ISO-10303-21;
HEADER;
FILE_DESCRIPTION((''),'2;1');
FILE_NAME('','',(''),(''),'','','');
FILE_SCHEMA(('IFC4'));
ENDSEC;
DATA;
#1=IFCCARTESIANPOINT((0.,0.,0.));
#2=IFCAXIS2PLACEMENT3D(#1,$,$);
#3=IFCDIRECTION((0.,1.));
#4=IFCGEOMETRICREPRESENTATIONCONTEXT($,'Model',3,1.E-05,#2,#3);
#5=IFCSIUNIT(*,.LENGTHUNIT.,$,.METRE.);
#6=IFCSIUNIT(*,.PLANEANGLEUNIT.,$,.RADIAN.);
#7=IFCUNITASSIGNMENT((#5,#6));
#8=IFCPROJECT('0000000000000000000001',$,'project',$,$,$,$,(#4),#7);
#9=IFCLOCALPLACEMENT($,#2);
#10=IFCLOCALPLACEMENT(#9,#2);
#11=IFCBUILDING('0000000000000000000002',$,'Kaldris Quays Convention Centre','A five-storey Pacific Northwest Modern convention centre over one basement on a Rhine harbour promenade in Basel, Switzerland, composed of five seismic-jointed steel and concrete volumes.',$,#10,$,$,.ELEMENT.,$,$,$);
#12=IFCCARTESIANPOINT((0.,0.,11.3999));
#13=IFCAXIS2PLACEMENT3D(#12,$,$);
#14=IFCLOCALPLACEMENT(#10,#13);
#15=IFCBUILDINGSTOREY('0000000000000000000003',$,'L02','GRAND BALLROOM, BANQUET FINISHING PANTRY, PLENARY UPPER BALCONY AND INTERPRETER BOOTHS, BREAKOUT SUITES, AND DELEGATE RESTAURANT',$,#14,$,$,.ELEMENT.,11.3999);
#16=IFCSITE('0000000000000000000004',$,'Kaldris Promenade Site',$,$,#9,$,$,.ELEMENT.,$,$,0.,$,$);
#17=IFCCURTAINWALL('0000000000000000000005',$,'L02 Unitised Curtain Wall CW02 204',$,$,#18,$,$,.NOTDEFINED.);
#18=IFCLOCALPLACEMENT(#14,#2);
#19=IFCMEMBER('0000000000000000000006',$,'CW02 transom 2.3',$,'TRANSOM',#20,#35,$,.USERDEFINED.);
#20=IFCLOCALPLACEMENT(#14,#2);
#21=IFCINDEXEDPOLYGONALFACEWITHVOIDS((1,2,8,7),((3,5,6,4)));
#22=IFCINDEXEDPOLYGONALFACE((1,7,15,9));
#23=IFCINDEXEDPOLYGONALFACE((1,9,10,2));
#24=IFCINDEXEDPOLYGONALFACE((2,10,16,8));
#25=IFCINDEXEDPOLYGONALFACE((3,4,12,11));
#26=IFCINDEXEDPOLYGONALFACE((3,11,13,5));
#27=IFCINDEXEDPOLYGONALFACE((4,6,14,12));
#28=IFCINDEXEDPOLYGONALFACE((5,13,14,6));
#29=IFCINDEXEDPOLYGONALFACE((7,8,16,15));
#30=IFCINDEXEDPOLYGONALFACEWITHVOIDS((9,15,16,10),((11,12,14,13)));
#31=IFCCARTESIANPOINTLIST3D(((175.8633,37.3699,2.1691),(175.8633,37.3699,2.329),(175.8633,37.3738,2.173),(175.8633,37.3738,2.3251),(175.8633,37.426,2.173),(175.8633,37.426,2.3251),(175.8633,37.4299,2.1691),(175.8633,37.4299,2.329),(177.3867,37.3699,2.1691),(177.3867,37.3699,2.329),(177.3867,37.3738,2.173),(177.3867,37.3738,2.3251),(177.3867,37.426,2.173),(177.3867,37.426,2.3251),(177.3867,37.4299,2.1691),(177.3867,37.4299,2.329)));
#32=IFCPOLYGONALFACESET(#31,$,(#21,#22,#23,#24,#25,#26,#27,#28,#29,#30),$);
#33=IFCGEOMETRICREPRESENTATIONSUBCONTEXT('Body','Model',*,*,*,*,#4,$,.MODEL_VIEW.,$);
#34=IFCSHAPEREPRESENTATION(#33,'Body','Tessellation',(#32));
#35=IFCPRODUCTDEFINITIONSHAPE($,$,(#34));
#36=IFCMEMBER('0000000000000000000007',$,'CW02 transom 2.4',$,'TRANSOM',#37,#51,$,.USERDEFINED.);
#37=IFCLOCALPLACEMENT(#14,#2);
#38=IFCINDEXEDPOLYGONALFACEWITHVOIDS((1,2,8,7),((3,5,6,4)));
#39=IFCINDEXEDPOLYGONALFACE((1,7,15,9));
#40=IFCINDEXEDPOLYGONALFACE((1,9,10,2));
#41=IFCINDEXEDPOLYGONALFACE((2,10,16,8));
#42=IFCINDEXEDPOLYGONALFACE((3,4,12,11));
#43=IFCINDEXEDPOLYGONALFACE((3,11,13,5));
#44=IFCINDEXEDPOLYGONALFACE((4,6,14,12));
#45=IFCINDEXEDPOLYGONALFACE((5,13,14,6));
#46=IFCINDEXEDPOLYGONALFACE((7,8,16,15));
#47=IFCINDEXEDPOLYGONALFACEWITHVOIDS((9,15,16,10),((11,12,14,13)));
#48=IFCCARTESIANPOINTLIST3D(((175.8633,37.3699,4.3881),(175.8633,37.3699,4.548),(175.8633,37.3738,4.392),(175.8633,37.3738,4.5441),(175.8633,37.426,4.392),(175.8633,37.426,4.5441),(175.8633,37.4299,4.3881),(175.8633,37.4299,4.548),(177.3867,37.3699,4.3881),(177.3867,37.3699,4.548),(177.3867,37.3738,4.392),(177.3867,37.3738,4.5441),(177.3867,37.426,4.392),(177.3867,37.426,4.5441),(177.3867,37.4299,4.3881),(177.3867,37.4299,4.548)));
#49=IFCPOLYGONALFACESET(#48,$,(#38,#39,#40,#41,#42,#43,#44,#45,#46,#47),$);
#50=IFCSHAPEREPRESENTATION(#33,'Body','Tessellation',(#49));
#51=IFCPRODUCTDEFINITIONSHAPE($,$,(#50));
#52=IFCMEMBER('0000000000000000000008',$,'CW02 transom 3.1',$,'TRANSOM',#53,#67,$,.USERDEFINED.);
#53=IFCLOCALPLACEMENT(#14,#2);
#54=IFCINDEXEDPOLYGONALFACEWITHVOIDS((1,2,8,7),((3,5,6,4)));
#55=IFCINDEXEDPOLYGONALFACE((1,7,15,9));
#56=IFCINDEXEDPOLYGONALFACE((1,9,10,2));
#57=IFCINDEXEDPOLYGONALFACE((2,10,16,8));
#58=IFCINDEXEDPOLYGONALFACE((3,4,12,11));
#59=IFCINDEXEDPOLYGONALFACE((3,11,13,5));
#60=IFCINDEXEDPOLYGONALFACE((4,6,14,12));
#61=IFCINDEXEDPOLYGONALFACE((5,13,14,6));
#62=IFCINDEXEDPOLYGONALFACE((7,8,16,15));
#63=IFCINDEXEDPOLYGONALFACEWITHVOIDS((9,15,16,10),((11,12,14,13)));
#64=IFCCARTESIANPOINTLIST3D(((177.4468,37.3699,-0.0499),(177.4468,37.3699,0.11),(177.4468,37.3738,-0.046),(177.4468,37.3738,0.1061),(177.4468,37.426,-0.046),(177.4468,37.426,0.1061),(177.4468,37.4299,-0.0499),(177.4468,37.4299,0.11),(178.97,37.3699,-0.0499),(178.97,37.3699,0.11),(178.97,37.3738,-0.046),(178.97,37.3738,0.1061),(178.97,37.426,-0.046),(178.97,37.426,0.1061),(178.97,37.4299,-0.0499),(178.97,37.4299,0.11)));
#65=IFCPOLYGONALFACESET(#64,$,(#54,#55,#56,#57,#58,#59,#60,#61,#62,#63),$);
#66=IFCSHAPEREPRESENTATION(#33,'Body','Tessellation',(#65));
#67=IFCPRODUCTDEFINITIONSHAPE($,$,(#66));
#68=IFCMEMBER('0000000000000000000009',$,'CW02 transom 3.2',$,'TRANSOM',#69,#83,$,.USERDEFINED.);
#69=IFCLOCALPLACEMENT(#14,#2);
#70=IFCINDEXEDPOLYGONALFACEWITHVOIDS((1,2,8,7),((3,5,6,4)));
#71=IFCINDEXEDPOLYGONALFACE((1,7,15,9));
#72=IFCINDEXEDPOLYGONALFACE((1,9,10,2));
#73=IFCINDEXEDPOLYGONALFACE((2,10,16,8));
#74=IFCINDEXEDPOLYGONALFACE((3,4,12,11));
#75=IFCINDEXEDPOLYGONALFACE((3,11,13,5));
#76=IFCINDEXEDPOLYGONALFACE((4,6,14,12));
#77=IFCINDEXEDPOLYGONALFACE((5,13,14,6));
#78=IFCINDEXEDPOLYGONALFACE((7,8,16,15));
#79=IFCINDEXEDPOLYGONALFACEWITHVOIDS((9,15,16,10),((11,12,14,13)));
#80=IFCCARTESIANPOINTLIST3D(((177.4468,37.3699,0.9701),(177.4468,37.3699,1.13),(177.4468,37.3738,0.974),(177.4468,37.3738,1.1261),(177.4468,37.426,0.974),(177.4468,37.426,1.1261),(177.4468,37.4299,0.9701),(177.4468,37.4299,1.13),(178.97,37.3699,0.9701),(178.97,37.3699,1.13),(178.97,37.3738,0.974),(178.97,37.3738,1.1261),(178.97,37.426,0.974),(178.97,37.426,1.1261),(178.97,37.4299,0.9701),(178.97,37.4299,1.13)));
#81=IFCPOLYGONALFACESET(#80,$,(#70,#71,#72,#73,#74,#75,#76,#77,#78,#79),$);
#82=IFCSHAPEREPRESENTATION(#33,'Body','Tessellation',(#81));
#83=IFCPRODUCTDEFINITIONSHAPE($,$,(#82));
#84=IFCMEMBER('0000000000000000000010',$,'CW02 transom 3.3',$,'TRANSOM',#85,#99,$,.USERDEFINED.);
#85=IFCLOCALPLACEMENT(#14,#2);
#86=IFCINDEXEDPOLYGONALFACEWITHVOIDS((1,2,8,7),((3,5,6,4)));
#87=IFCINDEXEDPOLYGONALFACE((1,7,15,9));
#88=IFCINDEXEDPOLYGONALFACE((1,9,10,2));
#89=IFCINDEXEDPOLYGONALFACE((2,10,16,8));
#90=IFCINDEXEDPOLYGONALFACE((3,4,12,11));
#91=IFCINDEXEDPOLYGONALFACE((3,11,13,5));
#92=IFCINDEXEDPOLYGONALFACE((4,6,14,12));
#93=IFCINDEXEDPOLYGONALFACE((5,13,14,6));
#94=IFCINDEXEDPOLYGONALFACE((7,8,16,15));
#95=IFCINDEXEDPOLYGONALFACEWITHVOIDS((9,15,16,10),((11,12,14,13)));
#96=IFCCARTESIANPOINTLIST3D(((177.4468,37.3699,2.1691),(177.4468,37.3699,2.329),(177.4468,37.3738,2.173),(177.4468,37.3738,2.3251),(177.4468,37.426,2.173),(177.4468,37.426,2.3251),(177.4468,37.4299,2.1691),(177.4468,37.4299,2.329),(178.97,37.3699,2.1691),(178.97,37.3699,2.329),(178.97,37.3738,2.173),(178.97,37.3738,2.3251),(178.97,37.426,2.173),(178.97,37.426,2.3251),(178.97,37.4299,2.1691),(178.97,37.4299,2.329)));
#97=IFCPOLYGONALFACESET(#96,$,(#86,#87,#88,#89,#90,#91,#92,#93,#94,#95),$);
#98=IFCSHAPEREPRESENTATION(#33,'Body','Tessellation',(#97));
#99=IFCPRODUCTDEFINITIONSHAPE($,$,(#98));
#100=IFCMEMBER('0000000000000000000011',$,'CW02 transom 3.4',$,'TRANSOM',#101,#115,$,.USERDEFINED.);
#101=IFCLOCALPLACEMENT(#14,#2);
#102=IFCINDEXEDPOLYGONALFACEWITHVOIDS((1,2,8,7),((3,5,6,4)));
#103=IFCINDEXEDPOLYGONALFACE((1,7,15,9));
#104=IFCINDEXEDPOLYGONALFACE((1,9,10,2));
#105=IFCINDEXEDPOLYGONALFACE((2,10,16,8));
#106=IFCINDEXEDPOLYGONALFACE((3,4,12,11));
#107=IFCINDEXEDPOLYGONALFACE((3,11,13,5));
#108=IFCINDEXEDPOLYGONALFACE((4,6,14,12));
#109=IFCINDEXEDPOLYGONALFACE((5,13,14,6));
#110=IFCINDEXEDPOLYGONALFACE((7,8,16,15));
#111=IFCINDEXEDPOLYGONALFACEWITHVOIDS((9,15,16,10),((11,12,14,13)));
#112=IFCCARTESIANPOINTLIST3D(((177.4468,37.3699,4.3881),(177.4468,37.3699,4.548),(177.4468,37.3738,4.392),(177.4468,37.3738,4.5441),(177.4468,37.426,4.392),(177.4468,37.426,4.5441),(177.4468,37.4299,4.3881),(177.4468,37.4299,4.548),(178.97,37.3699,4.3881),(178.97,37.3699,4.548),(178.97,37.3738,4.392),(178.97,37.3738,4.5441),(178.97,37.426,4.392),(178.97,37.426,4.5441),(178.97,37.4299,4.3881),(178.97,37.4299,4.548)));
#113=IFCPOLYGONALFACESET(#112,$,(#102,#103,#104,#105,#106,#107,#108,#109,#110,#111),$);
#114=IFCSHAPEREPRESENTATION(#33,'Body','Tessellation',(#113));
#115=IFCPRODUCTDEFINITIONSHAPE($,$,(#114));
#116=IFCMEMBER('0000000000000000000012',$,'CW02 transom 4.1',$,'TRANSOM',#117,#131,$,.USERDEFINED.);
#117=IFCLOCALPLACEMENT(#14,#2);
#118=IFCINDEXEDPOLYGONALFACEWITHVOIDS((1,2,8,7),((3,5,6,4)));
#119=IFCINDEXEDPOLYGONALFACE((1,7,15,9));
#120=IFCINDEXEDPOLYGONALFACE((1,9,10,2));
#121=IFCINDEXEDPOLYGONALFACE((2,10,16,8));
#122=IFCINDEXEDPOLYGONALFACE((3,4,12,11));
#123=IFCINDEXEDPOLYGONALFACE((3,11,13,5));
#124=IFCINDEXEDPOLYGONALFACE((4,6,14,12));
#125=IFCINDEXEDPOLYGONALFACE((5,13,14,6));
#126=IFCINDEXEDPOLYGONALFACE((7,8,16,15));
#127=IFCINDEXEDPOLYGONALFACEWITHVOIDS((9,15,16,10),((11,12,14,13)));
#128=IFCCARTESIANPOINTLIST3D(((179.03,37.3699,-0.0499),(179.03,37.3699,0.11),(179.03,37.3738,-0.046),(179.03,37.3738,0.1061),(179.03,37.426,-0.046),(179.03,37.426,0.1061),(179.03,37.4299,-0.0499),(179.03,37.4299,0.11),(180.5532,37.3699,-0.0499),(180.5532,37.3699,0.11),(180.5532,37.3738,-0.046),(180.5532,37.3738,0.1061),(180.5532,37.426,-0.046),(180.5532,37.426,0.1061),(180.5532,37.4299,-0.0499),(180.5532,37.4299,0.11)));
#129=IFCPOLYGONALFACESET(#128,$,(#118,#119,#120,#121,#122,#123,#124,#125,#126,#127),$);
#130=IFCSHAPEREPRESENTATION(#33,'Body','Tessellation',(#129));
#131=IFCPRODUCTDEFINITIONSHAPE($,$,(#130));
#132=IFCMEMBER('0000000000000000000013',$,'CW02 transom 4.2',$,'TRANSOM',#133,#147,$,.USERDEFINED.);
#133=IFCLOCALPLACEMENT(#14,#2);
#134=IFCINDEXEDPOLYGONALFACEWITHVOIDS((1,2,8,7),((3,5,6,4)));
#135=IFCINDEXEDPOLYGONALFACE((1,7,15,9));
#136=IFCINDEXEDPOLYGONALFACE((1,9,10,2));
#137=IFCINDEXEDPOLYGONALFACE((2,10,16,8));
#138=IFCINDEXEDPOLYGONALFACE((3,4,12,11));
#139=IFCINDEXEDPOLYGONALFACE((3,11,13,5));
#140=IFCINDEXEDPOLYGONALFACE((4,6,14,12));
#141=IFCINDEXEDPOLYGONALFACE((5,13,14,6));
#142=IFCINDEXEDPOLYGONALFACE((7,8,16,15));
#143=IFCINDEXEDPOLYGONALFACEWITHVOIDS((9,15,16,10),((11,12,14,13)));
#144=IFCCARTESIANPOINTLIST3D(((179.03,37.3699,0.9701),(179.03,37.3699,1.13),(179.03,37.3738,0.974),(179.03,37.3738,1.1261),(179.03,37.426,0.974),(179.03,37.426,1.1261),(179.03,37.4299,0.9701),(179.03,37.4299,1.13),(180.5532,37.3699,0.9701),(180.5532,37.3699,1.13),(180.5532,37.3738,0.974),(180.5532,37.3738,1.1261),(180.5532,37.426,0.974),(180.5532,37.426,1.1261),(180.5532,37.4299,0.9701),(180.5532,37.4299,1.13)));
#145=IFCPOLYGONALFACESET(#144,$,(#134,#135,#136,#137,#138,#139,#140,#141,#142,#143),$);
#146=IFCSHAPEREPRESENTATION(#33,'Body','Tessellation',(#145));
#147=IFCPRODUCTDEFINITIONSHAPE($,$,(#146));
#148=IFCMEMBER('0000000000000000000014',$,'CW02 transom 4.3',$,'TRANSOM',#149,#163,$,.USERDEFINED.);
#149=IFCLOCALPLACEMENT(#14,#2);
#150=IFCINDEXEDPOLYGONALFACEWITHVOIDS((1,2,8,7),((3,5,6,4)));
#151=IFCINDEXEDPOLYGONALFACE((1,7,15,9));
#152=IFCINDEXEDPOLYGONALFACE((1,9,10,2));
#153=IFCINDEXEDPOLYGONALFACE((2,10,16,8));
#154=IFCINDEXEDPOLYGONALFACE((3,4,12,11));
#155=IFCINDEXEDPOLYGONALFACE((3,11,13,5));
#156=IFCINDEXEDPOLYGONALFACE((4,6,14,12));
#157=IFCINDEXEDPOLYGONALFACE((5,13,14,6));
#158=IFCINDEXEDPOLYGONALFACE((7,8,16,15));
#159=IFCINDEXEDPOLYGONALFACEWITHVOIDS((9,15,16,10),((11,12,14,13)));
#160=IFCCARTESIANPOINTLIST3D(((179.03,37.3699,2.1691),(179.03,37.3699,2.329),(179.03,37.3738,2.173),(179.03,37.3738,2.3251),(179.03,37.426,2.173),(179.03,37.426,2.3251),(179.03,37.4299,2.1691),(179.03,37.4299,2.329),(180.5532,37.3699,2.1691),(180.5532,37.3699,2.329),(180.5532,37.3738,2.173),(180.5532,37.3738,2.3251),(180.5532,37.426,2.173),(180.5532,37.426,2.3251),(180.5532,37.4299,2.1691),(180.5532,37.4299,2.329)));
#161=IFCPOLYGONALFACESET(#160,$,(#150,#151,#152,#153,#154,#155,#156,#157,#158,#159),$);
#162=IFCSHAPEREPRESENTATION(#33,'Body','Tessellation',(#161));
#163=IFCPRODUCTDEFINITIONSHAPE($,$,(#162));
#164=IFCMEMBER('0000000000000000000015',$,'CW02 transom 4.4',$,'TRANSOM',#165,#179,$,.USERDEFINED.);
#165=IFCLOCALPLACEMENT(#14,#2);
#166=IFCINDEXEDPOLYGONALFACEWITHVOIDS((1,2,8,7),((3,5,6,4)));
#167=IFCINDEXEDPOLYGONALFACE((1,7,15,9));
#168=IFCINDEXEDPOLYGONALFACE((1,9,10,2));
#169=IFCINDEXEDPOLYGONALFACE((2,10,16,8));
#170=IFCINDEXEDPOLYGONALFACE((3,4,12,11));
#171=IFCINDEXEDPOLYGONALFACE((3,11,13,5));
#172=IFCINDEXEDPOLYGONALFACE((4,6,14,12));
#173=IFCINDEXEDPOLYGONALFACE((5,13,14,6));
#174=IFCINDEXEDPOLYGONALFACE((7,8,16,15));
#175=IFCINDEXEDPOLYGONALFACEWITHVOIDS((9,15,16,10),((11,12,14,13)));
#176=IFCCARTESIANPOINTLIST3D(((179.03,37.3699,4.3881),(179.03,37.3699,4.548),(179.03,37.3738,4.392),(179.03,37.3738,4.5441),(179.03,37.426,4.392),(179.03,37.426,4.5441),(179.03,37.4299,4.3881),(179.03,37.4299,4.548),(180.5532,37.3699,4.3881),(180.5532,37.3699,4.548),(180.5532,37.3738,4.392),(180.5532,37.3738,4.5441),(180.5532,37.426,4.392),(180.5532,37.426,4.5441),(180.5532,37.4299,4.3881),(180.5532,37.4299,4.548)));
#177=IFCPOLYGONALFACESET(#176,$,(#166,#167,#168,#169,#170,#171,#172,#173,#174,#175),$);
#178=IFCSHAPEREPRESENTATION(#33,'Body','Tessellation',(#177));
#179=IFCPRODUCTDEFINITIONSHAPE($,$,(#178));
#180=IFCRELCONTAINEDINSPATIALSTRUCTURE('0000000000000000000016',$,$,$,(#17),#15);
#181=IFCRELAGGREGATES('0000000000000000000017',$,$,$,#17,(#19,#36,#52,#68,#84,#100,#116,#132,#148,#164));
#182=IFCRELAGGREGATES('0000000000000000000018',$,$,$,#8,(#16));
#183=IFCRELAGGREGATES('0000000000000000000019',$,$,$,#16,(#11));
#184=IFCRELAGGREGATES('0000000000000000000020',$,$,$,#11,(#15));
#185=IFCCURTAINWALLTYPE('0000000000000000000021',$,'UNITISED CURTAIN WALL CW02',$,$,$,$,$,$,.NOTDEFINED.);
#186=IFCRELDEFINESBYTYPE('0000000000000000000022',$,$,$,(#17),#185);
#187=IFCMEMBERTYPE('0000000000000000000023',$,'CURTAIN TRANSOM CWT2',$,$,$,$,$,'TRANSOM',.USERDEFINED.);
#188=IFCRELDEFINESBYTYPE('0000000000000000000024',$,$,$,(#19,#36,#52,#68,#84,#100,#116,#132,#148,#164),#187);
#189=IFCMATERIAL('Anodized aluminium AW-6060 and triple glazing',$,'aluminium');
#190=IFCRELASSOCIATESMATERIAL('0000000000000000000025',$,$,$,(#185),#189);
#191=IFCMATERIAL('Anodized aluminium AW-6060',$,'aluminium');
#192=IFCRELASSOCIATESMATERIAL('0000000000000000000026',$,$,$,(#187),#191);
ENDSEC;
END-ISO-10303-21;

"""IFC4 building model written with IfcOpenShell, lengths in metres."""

from ifc_helpers import new_model, si_unit, direction, frame, origin, origin_2d, place, context, subcontext, project, spatial, hollow_rectangle, extrude, material, material_profile, profile_set, type_object, element, aggregate, save


model = new_model("IFC4")

# Units and contexts
model_context = context("Model", 3, precision=1e-05, world=origin(), true_north=direction((0.0, 1.0)))
body_context = subcontext(model_context, "Body", "Model", "MODEL_VIEW")
ifc_project = project(units=[si_unit("LENGTHUNIT", "METRE"), si_unit("PLANEANGLEUNIT", "RADIAN")], contexts=[model_context])

# Site, building, storey
site_placement = place(None, origin())
site = spatial("IfcSite", under=ifc_project, at=site_placement, Name="Kaldris Promenade Site", CompositionType="ELEMENT", RefElevation=0.0)
building_placement = place(site_placement, origin())
building = spatial("IfcBuilding", under=site, at=building_placement, Name="Kaldris Quays Convention Centre", Description="A five-storey Pacific Northwest Modern convention centre over one basement on a Rhine harbour promenade in Basel, Switzerland, composed of five seismic-jointed steel and concrete volumes.", CompositionType="ELEMENT")
storey_placement = place(building_placement, frame((0.0, 0.0, 11.3999)))
storey = spatial("IfcBuildingStorey", under=building, at=storey_placement, Name="L02", Description="GRAND BALLROOM, BANQUET FINISHING PANTRY, PLENARY UPPER BALCONY AND INTERPRETER BOOTHS, BREAKOUT SUITES, AND DELEGATE RESTAURANT", CompositionType="ELEMENT", Elevation=11.3999)

# Curtain wall, members
ifc_material_1 = material(Name="Anodized aluminium AW-6060 and triple glazing", Category="aluminium")
curtain_wall_type = type_object("IfcCurtainWallType", Name="UNITISED CURTAIN WALL CW02", PredefinedType="NOTDEFINED", material=ifc_material_1)
curtain_wall_placement = place(storey_placement, origin())
curtain_wall = element("IfcCurtainWall", 1, at=curtain_wall_placement, inside=storey, type_object=curtain_wall_type, Name="L02 Unitised Curtain Wall CW02 204", PredefinedType="NOTDEFINED")
ifc_material_2 = material(Name="Anodized aluminium AW-6060", Category="aluminium")
ifc_material_profile_1 = material_profile(ifc_material_2, hollow_rectangle(XDim=0.0601, YDim=0.1599, WallThickness=0.0039, at=origin_2d()), Name="RHS 160x60x4")
ifc_profile_set_1 = profile_set([ifc_material_profile_1], Name="Anodized aluminium AW-6060")
member_type_1 = type_object("IfcMemberType", Name="CURTAIN TRANSOM CWT2", ElementType="TRANSOM", PredefinedType="USERDEFINED", material=ifc_profile_set_1)
member_1_placement = place(storey_placement, frame((175.8633, 37.3999, 2.249), z_axis=(1.0, 0.0, 0.0), x_axis=(0.0, 1.0, 0.0)))
member_1 = element("IfcMember", 2, at=member_1_placement, type_object=member_type_1, Name="CW02 transom 2.3", ObjectType="TRANSOM", PredefinedType="USERDEFINED", context=body_context, shape_type="SweptSolid", body=[
    extrude(hollow_rectangle(XDim=0.0601, YDim=0.1599, WallThickness=0.0039, at=origin_2d()), origin(), (0.0, 0.0, 1.0), 1.5234),
])
member_2_placement = place(storey_placement, frame((175.8633, 37.3999, 4.468), z_axis=(1.0, 0.0, 0.0), x_axis=(0.0, 1.0, 0.0)))
member_2 = element("IfcMember", 3, at=member_2_placement, type_object=member_type_1, Name="CW02 transom 2.4", ObjectType="TRANSOM", PredefinedType="USERDEFINED", context=body_context, shape_type="SweptSolid", body=[
    extrude(hollow_rectangle(XDim=0.0601, YDim=0.1599, WallThickness=0.0039, at=origin_2d()), origin(), (0.0, 0.0, 1.0), 1.5234),
])
member_3_placement = place(storey_placement, frame((177.4468, 37.3999, 0.03), z_axis=(1.0, 0.0, 0.0), x_axis=(0.0, 1.0, 0.0)))
member_3 = element("IfcMember", 4, at=member_3_placement, type_object=member_type_1, Name="CW02 transom 3.1", ObjectType="TRANSOM", PredefinedType="USERDEFINED", context=body_context, shape_type="SweptSolid", body=[
    extrude(hollow_rectangle(XDim=0.0601, YDim=0.1599, WallThickness=0.0039, at=origin_2d()), origin(), (0.0, 0.0, 1.0), 1.5232),
])
member_4_placement = place(storey_placement, frame((177.4468, 37.3999, 1.05), z_axis=(1.0, 0.0, 0.0), x_axis=(0.0, 1.0, 0.0)))
member_4 = element("IfcMember", 5, at=member_4_placement, type_object=member_type_1, Name="CW02 transom 3.2", ObjectType="TRANSOM", PredefinedType="USERDEFINED", context=body_context, shape_type="SweptSolid", body=[
    extrude(hollow_rectangle(XDim=0.0601, YDim=0.1599, WallThickness=0.0039, at=origin_2d()), origin(), (0.0, 0.0, 1.0), 1.5232),
])
member_5_placement = place(storey_placement, frame((177.4468, 37.3999, 2.249), z_axis=(1.0, 0.0, 0.0), x_axis=(0.0, 1.0, 0.0)))
member_5 = element("IfcMember", 6, at=member_5_placement, type_object=member_type_1, Name="CW02 transom 3.3", ObjectType="TRANSOM", PredefinedType="USERDEFINED", context=body_context, shape_type="SweptSolid", body=[
    extrude(hollow_rectangle(XDim=0.0601, YDim=0.1599, WallThickness=0.0039, at=origin_2d()), origin(), (0.0, 0.0, 1.0), 1.5232),
])
member_6_placement = place(storey_placement, frame((177.4468, 37.3999, 4.468), z_axis=(1.0, 0.0, 0.0), x_axis=(0.0, 1.0, 0.0)))
member_6 = element("IfcMember", 7, at=member_6_placement, type_object=member_type_1, Name="CW02 transom 3.4", ObjectType="TRANSOM", PredefinedType="USERDEFINED", context=body_context, shape_type="SweptSolid", body=[
    extrude(hollow_rectangle(XDim=0.0601, YDim=0.1599, WallThickness=0.0039, at=origin_2d()), origin(), (0.0, 0.0, 1.0), 1.5232),
])
member_7_placement = place(storey_placement, frame((179.03, 37.3999, 0.03), z_axis=(1.0, 0.0, 0.0), x_axis=(0.0, 1.0, 0.0)))
member_7 = element("IfcMember", 8, at=member_7_placement, type_object=member_type_1, Name="CW02 transom 4.1", ObjectType="TRANSOM", PredefinedType="USERDEFINED", context=body_context, shape_type="SweptSolid", body=[
    extrude(hollow_rectangle(XDim=0.0601, YDim=0.1599, WallThickness=0.0039, at=origin_2d()), origin(), (0.0, 0.0, 1.0), 1.5232),
])
member_8_placement = place(storey_placement, frame((179.03, 37.3999, 1.05), z_axis=(1.0, 0.0, 0.0), x_axis=(0.0, 1.0, 0.0)))
member_8 = element("IfcMember", 9, at=member_8_placement, type_object=member_type_1, Name="CW02 transom 4.2", ObjectType="TRANSOM", PredefinedType="USERDEFINED", context=body_context, shape_type="SweptSolid", body=[
    extrude(hollow_rectangle(XDim=0.0601, YDim=0.1599, WallThickness=0.0039, at=origin_2d()), origin(), (0.0, 0.0, 1.0), 1.5232),
])
member_9_placement = place(storey_placement, frame((179.03, 37.3999, 2.249), z_axis=(1.0, 0.0, 0.0), x_axis=(0.0, 1.0, 0.0)))
member_9 = element("IfcMember", 10, at=member_9_placement, type_object=member_type_1, Name="CW02 transom 4.3", ObjectType="TRANSOM", PredefinedType="USERDEFINED", context=body_context, shape_type="SweptSolid", body=[
    extrude(hollow_rectangle(XDim=0.0601, YDim=0.1599, WallThickness=0.0039, at=origin_2d()), origin(), (0.0, 0.0, 1.0), 1.5232),
])
member_10_placement = place(storey_placement, frame((179.03, 37.3999, 4.468), z_axis=(1.0, 0.0, 0.0), x_axis=(0.0, 1.0, 0.0)))
member_10 = element("IfcMember", 11, at=member_10_placement, type_object=member_type_1, Name="CW02 transom 4.4", ObjectType="TRANSOM", PredefinedType="USERDEFINED", context=body_context, shape_type="SweptSolid", body=[
    extrude(hollow_rectangle(XDim=0.0601, YDim=0.1599, WallThickness=0.0039, at=origin_2d()), origin(), (0.0, 0.0, 1.0), 1.5232),
])

aggregate(curtain_wall, [member_1, member_2, member_3, member_4, member_5, member_6, member_7, member_8, member_9, member_10])

save(model, "model.ifc")
